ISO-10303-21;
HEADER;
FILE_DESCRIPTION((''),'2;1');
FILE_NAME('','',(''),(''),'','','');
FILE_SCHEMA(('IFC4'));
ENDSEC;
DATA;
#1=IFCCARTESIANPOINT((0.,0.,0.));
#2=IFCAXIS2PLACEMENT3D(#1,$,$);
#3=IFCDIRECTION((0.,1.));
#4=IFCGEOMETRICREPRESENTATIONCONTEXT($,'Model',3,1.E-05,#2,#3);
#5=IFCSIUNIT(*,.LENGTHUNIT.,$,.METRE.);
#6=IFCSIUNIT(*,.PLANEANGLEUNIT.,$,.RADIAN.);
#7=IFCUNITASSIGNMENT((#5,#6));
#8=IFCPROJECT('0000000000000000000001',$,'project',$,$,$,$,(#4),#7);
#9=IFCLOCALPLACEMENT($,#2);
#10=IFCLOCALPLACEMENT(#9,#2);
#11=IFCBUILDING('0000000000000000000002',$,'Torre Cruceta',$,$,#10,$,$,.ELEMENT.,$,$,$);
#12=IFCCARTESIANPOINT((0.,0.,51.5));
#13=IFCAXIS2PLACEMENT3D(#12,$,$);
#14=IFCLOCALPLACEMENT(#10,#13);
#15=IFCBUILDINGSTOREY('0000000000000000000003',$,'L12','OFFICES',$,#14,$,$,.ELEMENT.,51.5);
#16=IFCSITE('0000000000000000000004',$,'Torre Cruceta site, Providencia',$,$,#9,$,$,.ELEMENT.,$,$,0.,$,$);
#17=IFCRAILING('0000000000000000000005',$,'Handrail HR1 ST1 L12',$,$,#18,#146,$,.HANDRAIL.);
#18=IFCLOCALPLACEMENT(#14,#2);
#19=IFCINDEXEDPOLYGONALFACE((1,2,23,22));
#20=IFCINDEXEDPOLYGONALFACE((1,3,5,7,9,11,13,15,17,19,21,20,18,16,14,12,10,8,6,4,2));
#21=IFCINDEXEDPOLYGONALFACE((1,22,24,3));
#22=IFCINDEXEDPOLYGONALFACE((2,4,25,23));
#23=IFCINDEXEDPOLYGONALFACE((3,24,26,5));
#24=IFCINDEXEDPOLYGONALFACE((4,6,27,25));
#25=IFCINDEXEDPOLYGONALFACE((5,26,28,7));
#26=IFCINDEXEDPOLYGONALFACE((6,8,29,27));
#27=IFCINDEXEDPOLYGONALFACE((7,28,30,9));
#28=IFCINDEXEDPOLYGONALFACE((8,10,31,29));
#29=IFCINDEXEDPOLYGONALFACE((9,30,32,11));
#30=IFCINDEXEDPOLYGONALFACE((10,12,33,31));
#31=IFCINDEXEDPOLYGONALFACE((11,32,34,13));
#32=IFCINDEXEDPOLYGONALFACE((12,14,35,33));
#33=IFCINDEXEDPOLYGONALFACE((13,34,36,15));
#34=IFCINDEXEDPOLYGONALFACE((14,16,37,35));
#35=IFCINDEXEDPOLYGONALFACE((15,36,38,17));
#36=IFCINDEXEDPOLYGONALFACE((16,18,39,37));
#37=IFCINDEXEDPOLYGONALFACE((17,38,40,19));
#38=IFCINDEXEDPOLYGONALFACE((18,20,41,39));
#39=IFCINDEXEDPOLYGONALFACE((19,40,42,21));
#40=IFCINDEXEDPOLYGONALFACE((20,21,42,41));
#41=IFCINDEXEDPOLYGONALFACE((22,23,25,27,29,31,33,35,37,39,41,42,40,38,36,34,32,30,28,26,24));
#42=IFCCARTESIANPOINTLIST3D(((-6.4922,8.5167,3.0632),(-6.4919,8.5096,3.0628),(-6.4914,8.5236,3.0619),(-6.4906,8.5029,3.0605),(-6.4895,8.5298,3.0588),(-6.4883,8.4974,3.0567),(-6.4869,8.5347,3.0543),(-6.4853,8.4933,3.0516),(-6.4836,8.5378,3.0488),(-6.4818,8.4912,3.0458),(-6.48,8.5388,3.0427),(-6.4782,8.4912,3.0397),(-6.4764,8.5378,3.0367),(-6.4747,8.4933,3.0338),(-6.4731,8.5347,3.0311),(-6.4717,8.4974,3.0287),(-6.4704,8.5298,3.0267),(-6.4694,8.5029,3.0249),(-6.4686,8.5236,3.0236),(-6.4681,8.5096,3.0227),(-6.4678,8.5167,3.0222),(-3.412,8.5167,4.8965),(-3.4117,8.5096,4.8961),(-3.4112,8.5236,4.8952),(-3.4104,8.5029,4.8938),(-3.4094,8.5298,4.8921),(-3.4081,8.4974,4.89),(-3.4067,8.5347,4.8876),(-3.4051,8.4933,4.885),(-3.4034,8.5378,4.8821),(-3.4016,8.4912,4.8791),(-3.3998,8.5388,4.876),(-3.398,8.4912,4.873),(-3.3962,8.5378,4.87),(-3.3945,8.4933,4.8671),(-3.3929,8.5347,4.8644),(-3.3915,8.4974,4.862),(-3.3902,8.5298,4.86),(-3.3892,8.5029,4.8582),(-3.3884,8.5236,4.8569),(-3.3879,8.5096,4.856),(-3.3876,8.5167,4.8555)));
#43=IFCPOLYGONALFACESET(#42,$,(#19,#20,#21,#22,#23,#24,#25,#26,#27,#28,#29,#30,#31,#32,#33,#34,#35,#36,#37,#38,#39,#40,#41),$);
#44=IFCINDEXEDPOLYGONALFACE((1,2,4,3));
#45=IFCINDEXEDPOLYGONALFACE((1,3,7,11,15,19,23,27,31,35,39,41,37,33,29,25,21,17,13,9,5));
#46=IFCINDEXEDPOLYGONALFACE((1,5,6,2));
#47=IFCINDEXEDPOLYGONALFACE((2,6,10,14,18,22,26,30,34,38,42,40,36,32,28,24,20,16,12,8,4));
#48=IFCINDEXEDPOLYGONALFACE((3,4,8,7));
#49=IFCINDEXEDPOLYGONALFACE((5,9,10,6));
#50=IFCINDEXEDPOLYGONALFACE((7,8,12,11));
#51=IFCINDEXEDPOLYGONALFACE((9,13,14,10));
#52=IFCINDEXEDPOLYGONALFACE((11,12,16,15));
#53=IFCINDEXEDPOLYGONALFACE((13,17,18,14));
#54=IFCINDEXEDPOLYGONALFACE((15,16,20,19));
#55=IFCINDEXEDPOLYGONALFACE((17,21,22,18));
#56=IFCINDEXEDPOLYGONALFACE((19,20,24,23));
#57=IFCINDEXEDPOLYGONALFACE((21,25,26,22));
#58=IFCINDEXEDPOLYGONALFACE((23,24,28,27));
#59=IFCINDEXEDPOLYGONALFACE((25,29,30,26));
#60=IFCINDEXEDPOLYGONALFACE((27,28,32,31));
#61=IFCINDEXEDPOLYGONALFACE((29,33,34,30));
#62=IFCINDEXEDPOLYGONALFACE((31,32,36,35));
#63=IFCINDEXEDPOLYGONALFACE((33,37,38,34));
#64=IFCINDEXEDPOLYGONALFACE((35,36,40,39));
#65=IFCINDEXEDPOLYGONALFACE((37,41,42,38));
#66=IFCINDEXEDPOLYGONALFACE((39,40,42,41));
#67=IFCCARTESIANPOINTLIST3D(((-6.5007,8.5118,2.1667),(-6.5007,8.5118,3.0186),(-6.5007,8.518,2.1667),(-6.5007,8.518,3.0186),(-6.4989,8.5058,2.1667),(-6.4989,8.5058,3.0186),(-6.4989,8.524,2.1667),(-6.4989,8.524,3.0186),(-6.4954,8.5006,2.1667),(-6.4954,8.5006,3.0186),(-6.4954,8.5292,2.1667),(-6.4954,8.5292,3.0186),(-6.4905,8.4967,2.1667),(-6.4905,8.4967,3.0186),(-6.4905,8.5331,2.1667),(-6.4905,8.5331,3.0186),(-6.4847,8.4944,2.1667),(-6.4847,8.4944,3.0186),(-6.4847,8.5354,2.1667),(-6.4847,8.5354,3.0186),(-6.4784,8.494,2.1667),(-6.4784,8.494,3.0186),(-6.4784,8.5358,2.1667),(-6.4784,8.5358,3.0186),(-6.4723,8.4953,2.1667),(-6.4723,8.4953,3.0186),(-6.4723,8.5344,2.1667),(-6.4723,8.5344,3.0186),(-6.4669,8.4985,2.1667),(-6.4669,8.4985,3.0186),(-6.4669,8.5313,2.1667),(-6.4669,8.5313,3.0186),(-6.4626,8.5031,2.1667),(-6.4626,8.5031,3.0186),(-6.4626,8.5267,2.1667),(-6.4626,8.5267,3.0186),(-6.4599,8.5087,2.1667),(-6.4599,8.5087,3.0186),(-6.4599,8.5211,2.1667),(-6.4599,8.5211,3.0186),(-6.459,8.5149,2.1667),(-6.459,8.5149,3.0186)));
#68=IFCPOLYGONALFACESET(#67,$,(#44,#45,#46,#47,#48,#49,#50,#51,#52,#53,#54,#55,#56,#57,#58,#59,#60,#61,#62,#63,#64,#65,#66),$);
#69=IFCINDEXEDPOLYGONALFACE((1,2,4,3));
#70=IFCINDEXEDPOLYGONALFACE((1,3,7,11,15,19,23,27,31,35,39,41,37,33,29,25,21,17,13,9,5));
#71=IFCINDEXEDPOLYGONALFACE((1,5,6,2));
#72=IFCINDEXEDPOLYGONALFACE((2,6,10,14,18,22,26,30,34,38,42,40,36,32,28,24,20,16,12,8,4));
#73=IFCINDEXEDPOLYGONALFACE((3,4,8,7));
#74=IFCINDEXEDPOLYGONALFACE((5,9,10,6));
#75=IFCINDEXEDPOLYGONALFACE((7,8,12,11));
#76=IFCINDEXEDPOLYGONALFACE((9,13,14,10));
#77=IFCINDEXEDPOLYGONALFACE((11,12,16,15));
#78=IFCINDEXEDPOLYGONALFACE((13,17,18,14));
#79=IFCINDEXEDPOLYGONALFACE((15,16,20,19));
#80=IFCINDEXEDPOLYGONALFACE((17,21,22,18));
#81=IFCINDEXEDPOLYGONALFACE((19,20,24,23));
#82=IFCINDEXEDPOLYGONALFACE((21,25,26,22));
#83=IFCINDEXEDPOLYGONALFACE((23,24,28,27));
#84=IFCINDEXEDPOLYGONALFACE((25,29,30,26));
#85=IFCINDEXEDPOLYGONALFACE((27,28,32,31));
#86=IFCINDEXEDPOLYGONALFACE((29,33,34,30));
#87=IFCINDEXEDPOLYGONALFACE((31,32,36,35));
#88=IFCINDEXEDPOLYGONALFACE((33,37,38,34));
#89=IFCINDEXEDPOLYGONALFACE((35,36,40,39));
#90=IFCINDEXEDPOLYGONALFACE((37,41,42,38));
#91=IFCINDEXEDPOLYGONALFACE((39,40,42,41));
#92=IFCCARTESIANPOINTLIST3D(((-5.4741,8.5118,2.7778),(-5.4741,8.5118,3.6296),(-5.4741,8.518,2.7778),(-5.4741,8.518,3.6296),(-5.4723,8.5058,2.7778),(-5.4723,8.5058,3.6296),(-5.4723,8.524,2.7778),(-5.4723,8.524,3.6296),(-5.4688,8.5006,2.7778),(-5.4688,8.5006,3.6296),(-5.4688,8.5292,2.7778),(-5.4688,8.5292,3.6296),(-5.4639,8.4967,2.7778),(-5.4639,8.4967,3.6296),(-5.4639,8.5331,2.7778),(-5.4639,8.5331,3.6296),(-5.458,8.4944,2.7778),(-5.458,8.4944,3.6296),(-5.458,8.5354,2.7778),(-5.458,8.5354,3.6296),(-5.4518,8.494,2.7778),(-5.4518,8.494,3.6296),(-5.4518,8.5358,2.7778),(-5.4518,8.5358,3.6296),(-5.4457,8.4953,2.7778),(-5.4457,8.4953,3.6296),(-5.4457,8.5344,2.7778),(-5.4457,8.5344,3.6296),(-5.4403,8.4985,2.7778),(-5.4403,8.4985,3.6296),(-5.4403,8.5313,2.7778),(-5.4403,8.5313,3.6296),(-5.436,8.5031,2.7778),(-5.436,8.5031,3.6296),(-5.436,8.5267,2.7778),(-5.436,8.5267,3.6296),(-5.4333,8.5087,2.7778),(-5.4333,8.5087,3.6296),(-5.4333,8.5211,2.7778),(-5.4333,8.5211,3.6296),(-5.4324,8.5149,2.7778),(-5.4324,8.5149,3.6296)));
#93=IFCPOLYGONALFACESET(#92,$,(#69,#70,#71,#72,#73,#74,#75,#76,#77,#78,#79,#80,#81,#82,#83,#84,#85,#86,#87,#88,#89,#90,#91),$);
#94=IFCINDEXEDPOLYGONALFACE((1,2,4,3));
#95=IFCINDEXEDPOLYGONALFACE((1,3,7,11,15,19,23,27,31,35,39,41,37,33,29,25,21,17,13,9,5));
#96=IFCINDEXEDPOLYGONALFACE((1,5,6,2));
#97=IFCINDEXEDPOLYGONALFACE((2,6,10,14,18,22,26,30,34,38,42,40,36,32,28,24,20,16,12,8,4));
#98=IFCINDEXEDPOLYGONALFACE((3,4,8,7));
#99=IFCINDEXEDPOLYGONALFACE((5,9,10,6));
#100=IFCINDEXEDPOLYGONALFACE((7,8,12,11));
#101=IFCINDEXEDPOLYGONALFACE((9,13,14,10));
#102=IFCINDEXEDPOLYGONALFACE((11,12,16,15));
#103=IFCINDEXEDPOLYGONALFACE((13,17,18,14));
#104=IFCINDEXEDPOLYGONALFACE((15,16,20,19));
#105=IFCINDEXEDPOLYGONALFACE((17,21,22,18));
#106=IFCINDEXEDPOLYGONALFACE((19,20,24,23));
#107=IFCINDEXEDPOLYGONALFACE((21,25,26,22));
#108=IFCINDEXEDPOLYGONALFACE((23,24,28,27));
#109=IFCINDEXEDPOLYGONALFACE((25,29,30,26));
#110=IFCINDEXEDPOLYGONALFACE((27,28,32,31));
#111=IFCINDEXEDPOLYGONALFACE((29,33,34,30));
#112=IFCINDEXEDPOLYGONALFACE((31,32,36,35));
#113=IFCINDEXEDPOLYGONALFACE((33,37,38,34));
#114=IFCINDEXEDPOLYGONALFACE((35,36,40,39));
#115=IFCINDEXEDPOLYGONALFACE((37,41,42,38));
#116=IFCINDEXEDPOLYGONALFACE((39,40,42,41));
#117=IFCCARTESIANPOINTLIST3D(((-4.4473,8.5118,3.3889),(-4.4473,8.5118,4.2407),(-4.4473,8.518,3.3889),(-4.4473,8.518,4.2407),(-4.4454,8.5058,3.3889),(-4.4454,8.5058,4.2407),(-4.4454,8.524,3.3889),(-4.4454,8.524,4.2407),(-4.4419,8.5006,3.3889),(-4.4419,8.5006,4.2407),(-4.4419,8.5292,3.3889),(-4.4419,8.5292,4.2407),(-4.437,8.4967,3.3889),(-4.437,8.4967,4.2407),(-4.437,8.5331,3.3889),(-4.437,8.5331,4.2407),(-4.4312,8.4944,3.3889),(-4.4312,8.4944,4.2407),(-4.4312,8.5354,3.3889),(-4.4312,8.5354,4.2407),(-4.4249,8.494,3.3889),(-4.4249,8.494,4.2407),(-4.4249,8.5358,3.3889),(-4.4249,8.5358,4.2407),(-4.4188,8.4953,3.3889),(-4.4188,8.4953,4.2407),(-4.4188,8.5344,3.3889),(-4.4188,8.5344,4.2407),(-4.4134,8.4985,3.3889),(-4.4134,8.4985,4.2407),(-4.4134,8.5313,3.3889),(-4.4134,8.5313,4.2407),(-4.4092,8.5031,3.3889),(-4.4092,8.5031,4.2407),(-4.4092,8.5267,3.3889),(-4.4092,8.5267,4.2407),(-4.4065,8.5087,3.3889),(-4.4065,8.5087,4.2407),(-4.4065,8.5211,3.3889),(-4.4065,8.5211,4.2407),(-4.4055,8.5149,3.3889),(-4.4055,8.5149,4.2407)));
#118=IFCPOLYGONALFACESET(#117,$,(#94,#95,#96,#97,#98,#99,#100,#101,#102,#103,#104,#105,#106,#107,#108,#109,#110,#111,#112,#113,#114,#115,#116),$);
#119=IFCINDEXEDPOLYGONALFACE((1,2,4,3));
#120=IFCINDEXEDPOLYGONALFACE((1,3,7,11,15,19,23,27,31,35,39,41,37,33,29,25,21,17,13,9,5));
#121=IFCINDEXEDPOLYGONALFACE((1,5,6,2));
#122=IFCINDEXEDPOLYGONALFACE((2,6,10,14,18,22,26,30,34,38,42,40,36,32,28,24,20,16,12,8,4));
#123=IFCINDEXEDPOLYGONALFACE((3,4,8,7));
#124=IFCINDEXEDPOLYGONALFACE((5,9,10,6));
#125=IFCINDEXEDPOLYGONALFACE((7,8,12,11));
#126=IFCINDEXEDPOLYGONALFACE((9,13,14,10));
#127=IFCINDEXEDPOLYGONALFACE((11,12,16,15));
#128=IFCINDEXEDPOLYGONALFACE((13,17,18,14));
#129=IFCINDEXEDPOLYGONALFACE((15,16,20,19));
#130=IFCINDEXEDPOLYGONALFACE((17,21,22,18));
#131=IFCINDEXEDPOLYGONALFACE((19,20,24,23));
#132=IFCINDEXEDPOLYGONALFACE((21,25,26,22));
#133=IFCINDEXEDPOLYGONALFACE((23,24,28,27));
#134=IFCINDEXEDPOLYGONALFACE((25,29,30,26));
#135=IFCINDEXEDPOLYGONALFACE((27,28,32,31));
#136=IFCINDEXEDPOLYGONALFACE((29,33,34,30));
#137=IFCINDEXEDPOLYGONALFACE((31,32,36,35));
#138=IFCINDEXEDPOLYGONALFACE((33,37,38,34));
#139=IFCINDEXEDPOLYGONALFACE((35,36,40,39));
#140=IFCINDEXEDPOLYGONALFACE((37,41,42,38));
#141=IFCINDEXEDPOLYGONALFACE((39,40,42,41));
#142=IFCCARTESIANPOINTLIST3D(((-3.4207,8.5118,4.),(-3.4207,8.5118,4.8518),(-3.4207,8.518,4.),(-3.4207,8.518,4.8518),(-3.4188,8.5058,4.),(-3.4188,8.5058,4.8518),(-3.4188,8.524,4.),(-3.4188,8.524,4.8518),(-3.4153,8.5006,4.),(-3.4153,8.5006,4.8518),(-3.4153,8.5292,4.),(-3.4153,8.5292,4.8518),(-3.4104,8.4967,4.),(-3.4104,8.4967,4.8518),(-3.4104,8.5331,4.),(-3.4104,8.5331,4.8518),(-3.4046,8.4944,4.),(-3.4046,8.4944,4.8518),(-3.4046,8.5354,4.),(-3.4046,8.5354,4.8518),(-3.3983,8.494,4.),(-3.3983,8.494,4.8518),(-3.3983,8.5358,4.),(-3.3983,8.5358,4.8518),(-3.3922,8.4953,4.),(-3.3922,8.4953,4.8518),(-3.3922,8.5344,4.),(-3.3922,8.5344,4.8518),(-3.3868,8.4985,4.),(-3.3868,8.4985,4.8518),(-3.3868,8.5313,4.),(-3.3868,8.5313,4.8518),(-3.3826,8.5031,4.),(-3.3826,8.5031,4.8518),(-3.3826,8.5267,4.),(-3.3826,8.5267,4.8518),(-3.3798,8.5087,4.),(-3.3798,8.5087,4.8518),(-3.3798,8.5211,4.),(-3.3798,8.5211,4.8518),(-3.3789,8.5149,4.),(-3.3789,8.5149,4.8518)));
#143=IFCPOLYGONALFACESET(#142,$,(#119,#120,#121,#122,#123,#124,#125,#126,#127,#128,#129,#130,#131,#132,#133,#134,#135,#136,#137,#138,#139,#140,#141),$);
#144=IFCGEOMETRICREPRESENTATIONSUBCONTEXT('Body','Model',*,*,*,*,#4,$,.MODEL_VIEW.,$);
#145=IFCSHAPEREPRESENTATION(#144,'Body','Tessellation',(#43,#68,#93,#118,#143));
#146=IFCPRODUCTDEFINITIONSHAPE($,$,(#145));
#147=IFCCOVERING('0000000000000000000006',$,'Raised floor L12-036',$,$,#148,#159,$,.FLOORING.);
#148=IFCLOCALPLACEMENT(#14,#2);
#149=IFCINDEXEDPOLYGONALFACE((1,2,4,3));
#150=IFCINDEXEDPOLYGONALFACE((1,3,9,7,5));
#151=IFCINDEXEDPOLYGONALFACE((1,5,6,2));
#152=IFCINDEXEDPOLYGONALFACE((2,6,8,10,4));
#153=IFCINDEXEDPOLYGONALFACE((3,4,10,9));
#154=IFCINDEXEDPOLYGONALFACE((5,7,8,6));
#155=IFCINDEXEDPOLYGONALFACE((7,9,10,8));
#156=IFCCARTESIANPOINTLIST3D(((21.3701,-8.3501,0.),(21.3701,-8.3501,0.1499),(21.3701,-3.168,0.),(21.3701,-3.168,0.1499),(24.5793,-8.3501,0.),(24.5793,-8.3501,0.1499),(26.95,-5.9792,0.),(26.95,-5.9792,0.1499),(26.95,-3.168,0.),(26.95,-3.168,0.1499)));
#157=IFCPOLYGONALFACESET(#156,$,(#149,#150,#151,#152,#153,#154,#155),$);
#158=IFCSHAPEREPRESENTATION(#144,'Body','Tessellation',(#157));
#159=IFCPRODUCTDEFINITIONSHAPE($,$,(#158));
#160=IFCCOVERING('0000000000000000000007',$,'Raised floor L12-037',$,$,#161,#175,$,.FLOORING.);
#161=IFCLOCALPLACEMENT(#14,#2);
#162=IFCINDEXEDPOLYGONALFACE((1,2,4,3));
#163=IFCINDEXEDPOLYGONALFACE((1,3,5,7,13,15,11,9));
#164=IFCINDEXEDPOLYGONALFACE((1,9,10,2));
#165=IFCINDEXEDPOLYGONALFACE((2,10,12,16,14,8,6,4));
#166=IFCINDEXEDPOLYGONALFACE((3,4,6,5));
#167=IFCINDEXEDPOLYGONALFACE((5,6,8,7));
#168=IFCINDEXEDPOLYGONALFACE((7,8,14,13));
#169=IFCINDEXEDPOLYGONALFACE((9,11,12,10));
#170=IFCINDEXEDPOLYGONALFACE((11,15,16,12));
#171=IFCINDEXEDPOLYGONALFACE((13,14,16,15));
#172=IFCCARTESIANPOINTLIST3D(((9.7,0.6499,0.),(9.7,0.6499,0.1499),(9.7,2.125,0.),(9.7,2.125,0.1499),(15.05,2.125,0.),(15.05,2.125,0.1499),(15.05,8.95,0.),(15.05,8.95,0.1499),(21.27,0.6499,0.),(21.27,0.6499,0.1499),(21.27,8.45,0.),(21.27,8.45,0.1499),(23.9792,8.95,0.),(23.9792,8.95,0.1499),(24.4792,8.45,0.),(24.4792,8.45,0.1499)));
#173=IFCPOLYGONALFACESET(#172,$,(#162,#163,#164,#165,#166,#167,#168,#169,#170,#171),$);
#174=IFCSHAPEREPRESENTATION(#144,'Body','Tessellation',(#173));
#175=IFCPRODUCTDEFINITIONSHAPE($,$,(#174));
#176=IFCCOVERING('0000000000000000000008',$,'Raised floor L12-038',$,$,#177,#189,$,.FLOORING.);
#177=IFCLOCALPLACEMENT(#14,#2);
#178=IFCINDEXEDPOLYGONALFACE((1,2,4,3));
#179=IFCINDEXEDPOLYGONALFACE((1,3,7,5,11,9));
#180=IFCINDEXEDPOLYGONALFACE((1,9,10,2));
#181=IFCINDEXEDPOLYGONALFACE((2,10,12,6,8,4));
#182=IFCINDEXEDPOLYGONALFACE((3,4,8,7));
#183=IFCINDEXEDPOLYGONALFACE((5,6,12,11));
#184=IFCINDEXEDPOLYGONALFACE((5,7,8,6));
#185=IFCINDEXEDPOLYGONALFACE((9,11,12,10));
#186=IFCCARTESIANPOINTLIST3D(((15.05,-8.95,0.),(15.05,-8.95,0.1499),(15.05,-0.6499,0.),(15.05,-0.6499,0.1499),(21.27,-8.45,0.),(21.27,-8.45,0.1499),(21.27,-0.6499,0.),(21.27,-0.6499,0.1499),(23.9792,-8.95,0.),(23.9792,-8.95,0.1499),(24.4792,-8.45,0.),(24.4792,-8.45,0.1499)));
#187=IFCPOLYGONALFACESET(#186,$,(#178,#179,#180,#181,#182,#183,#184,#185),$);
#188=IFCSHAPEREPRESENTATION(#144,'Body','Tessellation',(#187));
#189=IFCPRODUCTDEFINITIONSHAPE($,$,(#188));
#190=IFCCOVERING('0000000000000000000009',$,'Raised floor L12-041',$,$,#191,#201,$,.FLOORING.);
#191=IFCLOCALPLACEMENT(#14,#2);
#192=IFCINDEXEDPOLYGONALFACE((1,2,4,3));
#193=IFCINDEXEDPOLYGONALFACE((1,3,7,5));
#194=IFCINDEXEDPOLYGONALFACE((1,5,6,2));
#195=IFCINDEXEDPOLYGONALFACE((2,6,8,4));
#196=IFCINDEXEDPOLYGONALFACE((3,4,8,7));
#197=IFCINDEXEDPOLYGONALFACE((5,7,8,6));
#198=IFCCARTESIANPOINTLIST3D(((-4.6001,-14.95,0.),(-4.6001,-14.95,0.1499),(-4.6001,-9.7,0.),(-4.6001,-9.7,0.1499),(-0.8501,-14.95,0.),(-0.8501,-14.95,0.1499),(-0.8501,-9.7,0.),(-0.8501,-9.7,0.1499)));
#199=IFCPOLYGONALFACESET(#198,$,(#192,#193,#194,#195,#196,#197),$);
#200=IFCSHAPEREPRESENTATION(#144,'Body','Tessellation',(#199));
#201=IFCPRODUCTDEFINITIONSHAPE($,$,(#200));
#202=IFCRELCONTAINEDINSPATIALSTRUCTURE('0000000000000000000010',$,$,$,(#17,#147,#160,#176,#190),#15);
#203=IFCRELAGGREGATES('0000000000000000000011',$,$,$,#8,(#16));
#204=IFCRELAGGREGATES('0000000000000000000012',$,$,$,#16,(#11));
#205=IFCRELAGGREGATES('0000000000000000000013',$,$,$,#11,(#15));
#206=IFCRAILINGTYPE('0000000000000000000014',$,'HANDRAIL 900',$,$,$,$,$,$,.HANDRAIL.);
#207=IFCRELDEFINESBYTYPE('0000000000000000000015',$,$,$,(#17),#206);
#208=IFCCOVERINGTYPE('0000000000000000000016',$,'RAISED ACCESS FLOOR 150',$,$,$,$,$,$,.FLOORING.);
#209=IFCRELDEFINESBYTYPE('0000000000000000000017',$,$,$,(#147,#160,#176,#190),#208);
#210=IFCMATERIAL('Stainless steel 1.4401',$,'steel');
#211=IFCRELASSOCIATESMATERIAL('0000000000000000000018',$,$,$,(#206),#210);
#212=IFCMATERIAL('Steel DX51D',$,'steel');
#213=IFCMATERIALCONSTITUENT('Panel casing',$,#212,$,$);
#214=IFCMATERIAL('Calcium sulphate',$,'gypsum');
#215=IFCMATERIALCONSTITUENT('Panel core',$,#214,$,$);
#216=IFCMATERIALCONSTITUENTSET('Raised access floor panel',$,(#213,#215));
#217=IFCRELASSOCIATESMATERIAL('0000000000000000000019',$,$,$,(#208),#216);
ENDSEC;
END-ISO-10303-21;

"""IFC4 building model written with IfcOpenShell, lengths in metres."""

from ifc_helpers import new_model, si_unit, direction, frame, origin, origin_2d, place, context, subcontext, project, spatial, polyline, circle, outline, extrude, material, constituent, constituent_set, type_object, element, save


model = new_model("IFC4")

# Units and contexts
model_context = context("Model", 3, precision=1e-05, world=origin(), true_north=direction((0.0, 1.0)))
body_context = subcontext(model_context, "Body", "Model", "MODEL_VIEW")
ifc_project = project(units=[si_unit("LENGTHUNIT", "METRE"), si_unit("PLANEANGLEUNIT", "RADIAN")], contexts=[model_context])

# Site, building, storey
site_placement = place(None, origin())
site = spatial("IfcSite", under=ifc_project, at=site_placement, Name="Torre Cruceta site, Providencia", CompositionType="ELEMENT", RefElevation=0.0)
building_placement = place(site_placement, origin())
building = spatial("IfcBuilding", under=site, at=building_placement, Name="Torre Cruceta", CompositionType="ELEMENT")
storey_placement = place(building_placement, frame((0.0, 0.0, 51.5)))
storey = spatial("IfcBuildingStorey", under=building, at=storey_placement, Name="L12", Description="OFFICES", CompositionType="ELEMENT", Elevation=51.5)

# Railing
ifc_material_1 = material(Name="Stainless steel 1.4401", Category="steel")
railing_type = type_object("IfcRailingType", Name="HANDRAIL 900", PredefinedType="HANDRAIL", material=ifc_material_1)
railing_1_placement = place(storey_placement, frame((-6.48, 8.5149, 2.1667)))
element("IfcRailing", 1, at=railing_1_placement, inside=storey, type_object=railing_type, Name="Handrail HR1 ST1 L12", PredefinedType="HANDRAIL", context=body_context, shape_type="SweptSolid", body=[
    extrude(circle(Radius=0.0239, at=origin_2d()), frame((0.0, 0.0, 0.876), z_axis=(0.859309, 0.0, 0.511458), x_axis=(0.0, 1.0, 0.0)), (0.0, 0.0, 1.0), 3.5845),
    extrude(circle(Radius=0.021, at=origin_2d()), origin(), (0.0, 0.0, 1.0), 0.8518),
    extrude(circle(Radius=0.021, at=origin_2d()), frame((1.0266, 0.0, 0.6111)), (0.0, 0.0, 1.0), 0.8518),
    extrude(circle(Radius=0.021, at=origin_2d()), frame((2.0535, 0.0, 1.2222)), (0.0, 0.0, 1.0), 0.8518),
    extrude(circle(Radius=0.021, at=origin_2d()), frame((3.0801, 0.0, 1.8333)), (0.0, 0.0, 1.0), 0.8518),
])

# Coverings
ifc_material_2 = material(Name="Steel DX51D", Category="steel")
ifc_constituent_1 = constituent(ifc_material_2, Name="Panel casing")
ifc_material_3 = material(Name="Calcium sulphate", Category="gypsum")
ifc_constituent_2 = constituent(ifc_material_3, Name="Panel core")
ifc_constituent_set_1 = constituent_set(constituents=[ifc_constituent_1, ifc_constituent_2], Name="Raised access floor panel")
covering_type_1 = type_object("IfcCoveringType", Name="RAISED ACCESS FLOOR 150", PredefinedType="FLOORING", material=ifc_constituent_set_1)
covering_1_placement = place(storey_placement, origin())
element("IfcCovering", 2, at=covering_1_placement, inside=storey, type_object=covering_type_1, Name="Raised floor L12-036", PredefinedType="FLOORING", context=body_context, shape_type="SweptSolid", body=[
    extrude(outline(polyline([(24.5793, -8.3501), (21.3701, -8.3501), (21.3701, -3.168), (26.95, -3.168), (26.95, -5.9792), (24.5793, -8.3501)])), origin(), (0.0, 0.0, 1.0), 0.1499),
])
covering_2_placement = place(storey_placement, origin())
element("IfcCovering", 3, at=covering_2_placement, inside=storey, type_object=covering_type_1, Name="Raised floor L12-037", PredefinedType="FLOORING", context=body_context, shape_type="SweptSolid", body=[
    extrude(outline(polyline([(9.7, 2.125), (15.05, 2.125), (15.05, 8.95), (23.9792, 8.95), (24.4792, 8.45), (21.27, 8.45), (21.27, 0.6499), (9.7, 0.6499), (9.7, 2.125)])), origin(), (0.0, 0.0, 1.0), 0.1499),
])
covering_3_placement = place(storey_placement, origin())
element("IfcCovering", 4, at=covering_3_placement, inside=storey, type_object=covering_type_1, Name="Raised floor L12-038", PredefinedType="FLOORING", context=body_context, shape_type="SweptSolid", body=[
    extrude(outline(polyline([(15.05, -8.95), (15.05, -0.6499), (21.27, -0.6499), (21.27, -8.45), (24.4792, -8.45), (23.9792, -8.95), (15.05, -8.95)])), origin(), (0.0, 0.0, 1.0), 0.1499),
])
covering_4_placement = place(storey_placement, origin())
element("IfcCovering", 5, at=covering_4_placement, inside=storey, type_object=covering_type_1, Name="Raised floor L12-041", PredefinedType="FLOORING", context=body_context, shape_type="SweptSolid", body=[
    extrude(outline(polyline([(-4.6001, -9.7), (-0.8501, -9.7), (-0.8501, -14.95), (-4.6001, -14.95), (-4.6001, -9.7)])), origin(), (0.0, 0.0, 1.0), 0.1499),
])

save(model, "model.ifc")
